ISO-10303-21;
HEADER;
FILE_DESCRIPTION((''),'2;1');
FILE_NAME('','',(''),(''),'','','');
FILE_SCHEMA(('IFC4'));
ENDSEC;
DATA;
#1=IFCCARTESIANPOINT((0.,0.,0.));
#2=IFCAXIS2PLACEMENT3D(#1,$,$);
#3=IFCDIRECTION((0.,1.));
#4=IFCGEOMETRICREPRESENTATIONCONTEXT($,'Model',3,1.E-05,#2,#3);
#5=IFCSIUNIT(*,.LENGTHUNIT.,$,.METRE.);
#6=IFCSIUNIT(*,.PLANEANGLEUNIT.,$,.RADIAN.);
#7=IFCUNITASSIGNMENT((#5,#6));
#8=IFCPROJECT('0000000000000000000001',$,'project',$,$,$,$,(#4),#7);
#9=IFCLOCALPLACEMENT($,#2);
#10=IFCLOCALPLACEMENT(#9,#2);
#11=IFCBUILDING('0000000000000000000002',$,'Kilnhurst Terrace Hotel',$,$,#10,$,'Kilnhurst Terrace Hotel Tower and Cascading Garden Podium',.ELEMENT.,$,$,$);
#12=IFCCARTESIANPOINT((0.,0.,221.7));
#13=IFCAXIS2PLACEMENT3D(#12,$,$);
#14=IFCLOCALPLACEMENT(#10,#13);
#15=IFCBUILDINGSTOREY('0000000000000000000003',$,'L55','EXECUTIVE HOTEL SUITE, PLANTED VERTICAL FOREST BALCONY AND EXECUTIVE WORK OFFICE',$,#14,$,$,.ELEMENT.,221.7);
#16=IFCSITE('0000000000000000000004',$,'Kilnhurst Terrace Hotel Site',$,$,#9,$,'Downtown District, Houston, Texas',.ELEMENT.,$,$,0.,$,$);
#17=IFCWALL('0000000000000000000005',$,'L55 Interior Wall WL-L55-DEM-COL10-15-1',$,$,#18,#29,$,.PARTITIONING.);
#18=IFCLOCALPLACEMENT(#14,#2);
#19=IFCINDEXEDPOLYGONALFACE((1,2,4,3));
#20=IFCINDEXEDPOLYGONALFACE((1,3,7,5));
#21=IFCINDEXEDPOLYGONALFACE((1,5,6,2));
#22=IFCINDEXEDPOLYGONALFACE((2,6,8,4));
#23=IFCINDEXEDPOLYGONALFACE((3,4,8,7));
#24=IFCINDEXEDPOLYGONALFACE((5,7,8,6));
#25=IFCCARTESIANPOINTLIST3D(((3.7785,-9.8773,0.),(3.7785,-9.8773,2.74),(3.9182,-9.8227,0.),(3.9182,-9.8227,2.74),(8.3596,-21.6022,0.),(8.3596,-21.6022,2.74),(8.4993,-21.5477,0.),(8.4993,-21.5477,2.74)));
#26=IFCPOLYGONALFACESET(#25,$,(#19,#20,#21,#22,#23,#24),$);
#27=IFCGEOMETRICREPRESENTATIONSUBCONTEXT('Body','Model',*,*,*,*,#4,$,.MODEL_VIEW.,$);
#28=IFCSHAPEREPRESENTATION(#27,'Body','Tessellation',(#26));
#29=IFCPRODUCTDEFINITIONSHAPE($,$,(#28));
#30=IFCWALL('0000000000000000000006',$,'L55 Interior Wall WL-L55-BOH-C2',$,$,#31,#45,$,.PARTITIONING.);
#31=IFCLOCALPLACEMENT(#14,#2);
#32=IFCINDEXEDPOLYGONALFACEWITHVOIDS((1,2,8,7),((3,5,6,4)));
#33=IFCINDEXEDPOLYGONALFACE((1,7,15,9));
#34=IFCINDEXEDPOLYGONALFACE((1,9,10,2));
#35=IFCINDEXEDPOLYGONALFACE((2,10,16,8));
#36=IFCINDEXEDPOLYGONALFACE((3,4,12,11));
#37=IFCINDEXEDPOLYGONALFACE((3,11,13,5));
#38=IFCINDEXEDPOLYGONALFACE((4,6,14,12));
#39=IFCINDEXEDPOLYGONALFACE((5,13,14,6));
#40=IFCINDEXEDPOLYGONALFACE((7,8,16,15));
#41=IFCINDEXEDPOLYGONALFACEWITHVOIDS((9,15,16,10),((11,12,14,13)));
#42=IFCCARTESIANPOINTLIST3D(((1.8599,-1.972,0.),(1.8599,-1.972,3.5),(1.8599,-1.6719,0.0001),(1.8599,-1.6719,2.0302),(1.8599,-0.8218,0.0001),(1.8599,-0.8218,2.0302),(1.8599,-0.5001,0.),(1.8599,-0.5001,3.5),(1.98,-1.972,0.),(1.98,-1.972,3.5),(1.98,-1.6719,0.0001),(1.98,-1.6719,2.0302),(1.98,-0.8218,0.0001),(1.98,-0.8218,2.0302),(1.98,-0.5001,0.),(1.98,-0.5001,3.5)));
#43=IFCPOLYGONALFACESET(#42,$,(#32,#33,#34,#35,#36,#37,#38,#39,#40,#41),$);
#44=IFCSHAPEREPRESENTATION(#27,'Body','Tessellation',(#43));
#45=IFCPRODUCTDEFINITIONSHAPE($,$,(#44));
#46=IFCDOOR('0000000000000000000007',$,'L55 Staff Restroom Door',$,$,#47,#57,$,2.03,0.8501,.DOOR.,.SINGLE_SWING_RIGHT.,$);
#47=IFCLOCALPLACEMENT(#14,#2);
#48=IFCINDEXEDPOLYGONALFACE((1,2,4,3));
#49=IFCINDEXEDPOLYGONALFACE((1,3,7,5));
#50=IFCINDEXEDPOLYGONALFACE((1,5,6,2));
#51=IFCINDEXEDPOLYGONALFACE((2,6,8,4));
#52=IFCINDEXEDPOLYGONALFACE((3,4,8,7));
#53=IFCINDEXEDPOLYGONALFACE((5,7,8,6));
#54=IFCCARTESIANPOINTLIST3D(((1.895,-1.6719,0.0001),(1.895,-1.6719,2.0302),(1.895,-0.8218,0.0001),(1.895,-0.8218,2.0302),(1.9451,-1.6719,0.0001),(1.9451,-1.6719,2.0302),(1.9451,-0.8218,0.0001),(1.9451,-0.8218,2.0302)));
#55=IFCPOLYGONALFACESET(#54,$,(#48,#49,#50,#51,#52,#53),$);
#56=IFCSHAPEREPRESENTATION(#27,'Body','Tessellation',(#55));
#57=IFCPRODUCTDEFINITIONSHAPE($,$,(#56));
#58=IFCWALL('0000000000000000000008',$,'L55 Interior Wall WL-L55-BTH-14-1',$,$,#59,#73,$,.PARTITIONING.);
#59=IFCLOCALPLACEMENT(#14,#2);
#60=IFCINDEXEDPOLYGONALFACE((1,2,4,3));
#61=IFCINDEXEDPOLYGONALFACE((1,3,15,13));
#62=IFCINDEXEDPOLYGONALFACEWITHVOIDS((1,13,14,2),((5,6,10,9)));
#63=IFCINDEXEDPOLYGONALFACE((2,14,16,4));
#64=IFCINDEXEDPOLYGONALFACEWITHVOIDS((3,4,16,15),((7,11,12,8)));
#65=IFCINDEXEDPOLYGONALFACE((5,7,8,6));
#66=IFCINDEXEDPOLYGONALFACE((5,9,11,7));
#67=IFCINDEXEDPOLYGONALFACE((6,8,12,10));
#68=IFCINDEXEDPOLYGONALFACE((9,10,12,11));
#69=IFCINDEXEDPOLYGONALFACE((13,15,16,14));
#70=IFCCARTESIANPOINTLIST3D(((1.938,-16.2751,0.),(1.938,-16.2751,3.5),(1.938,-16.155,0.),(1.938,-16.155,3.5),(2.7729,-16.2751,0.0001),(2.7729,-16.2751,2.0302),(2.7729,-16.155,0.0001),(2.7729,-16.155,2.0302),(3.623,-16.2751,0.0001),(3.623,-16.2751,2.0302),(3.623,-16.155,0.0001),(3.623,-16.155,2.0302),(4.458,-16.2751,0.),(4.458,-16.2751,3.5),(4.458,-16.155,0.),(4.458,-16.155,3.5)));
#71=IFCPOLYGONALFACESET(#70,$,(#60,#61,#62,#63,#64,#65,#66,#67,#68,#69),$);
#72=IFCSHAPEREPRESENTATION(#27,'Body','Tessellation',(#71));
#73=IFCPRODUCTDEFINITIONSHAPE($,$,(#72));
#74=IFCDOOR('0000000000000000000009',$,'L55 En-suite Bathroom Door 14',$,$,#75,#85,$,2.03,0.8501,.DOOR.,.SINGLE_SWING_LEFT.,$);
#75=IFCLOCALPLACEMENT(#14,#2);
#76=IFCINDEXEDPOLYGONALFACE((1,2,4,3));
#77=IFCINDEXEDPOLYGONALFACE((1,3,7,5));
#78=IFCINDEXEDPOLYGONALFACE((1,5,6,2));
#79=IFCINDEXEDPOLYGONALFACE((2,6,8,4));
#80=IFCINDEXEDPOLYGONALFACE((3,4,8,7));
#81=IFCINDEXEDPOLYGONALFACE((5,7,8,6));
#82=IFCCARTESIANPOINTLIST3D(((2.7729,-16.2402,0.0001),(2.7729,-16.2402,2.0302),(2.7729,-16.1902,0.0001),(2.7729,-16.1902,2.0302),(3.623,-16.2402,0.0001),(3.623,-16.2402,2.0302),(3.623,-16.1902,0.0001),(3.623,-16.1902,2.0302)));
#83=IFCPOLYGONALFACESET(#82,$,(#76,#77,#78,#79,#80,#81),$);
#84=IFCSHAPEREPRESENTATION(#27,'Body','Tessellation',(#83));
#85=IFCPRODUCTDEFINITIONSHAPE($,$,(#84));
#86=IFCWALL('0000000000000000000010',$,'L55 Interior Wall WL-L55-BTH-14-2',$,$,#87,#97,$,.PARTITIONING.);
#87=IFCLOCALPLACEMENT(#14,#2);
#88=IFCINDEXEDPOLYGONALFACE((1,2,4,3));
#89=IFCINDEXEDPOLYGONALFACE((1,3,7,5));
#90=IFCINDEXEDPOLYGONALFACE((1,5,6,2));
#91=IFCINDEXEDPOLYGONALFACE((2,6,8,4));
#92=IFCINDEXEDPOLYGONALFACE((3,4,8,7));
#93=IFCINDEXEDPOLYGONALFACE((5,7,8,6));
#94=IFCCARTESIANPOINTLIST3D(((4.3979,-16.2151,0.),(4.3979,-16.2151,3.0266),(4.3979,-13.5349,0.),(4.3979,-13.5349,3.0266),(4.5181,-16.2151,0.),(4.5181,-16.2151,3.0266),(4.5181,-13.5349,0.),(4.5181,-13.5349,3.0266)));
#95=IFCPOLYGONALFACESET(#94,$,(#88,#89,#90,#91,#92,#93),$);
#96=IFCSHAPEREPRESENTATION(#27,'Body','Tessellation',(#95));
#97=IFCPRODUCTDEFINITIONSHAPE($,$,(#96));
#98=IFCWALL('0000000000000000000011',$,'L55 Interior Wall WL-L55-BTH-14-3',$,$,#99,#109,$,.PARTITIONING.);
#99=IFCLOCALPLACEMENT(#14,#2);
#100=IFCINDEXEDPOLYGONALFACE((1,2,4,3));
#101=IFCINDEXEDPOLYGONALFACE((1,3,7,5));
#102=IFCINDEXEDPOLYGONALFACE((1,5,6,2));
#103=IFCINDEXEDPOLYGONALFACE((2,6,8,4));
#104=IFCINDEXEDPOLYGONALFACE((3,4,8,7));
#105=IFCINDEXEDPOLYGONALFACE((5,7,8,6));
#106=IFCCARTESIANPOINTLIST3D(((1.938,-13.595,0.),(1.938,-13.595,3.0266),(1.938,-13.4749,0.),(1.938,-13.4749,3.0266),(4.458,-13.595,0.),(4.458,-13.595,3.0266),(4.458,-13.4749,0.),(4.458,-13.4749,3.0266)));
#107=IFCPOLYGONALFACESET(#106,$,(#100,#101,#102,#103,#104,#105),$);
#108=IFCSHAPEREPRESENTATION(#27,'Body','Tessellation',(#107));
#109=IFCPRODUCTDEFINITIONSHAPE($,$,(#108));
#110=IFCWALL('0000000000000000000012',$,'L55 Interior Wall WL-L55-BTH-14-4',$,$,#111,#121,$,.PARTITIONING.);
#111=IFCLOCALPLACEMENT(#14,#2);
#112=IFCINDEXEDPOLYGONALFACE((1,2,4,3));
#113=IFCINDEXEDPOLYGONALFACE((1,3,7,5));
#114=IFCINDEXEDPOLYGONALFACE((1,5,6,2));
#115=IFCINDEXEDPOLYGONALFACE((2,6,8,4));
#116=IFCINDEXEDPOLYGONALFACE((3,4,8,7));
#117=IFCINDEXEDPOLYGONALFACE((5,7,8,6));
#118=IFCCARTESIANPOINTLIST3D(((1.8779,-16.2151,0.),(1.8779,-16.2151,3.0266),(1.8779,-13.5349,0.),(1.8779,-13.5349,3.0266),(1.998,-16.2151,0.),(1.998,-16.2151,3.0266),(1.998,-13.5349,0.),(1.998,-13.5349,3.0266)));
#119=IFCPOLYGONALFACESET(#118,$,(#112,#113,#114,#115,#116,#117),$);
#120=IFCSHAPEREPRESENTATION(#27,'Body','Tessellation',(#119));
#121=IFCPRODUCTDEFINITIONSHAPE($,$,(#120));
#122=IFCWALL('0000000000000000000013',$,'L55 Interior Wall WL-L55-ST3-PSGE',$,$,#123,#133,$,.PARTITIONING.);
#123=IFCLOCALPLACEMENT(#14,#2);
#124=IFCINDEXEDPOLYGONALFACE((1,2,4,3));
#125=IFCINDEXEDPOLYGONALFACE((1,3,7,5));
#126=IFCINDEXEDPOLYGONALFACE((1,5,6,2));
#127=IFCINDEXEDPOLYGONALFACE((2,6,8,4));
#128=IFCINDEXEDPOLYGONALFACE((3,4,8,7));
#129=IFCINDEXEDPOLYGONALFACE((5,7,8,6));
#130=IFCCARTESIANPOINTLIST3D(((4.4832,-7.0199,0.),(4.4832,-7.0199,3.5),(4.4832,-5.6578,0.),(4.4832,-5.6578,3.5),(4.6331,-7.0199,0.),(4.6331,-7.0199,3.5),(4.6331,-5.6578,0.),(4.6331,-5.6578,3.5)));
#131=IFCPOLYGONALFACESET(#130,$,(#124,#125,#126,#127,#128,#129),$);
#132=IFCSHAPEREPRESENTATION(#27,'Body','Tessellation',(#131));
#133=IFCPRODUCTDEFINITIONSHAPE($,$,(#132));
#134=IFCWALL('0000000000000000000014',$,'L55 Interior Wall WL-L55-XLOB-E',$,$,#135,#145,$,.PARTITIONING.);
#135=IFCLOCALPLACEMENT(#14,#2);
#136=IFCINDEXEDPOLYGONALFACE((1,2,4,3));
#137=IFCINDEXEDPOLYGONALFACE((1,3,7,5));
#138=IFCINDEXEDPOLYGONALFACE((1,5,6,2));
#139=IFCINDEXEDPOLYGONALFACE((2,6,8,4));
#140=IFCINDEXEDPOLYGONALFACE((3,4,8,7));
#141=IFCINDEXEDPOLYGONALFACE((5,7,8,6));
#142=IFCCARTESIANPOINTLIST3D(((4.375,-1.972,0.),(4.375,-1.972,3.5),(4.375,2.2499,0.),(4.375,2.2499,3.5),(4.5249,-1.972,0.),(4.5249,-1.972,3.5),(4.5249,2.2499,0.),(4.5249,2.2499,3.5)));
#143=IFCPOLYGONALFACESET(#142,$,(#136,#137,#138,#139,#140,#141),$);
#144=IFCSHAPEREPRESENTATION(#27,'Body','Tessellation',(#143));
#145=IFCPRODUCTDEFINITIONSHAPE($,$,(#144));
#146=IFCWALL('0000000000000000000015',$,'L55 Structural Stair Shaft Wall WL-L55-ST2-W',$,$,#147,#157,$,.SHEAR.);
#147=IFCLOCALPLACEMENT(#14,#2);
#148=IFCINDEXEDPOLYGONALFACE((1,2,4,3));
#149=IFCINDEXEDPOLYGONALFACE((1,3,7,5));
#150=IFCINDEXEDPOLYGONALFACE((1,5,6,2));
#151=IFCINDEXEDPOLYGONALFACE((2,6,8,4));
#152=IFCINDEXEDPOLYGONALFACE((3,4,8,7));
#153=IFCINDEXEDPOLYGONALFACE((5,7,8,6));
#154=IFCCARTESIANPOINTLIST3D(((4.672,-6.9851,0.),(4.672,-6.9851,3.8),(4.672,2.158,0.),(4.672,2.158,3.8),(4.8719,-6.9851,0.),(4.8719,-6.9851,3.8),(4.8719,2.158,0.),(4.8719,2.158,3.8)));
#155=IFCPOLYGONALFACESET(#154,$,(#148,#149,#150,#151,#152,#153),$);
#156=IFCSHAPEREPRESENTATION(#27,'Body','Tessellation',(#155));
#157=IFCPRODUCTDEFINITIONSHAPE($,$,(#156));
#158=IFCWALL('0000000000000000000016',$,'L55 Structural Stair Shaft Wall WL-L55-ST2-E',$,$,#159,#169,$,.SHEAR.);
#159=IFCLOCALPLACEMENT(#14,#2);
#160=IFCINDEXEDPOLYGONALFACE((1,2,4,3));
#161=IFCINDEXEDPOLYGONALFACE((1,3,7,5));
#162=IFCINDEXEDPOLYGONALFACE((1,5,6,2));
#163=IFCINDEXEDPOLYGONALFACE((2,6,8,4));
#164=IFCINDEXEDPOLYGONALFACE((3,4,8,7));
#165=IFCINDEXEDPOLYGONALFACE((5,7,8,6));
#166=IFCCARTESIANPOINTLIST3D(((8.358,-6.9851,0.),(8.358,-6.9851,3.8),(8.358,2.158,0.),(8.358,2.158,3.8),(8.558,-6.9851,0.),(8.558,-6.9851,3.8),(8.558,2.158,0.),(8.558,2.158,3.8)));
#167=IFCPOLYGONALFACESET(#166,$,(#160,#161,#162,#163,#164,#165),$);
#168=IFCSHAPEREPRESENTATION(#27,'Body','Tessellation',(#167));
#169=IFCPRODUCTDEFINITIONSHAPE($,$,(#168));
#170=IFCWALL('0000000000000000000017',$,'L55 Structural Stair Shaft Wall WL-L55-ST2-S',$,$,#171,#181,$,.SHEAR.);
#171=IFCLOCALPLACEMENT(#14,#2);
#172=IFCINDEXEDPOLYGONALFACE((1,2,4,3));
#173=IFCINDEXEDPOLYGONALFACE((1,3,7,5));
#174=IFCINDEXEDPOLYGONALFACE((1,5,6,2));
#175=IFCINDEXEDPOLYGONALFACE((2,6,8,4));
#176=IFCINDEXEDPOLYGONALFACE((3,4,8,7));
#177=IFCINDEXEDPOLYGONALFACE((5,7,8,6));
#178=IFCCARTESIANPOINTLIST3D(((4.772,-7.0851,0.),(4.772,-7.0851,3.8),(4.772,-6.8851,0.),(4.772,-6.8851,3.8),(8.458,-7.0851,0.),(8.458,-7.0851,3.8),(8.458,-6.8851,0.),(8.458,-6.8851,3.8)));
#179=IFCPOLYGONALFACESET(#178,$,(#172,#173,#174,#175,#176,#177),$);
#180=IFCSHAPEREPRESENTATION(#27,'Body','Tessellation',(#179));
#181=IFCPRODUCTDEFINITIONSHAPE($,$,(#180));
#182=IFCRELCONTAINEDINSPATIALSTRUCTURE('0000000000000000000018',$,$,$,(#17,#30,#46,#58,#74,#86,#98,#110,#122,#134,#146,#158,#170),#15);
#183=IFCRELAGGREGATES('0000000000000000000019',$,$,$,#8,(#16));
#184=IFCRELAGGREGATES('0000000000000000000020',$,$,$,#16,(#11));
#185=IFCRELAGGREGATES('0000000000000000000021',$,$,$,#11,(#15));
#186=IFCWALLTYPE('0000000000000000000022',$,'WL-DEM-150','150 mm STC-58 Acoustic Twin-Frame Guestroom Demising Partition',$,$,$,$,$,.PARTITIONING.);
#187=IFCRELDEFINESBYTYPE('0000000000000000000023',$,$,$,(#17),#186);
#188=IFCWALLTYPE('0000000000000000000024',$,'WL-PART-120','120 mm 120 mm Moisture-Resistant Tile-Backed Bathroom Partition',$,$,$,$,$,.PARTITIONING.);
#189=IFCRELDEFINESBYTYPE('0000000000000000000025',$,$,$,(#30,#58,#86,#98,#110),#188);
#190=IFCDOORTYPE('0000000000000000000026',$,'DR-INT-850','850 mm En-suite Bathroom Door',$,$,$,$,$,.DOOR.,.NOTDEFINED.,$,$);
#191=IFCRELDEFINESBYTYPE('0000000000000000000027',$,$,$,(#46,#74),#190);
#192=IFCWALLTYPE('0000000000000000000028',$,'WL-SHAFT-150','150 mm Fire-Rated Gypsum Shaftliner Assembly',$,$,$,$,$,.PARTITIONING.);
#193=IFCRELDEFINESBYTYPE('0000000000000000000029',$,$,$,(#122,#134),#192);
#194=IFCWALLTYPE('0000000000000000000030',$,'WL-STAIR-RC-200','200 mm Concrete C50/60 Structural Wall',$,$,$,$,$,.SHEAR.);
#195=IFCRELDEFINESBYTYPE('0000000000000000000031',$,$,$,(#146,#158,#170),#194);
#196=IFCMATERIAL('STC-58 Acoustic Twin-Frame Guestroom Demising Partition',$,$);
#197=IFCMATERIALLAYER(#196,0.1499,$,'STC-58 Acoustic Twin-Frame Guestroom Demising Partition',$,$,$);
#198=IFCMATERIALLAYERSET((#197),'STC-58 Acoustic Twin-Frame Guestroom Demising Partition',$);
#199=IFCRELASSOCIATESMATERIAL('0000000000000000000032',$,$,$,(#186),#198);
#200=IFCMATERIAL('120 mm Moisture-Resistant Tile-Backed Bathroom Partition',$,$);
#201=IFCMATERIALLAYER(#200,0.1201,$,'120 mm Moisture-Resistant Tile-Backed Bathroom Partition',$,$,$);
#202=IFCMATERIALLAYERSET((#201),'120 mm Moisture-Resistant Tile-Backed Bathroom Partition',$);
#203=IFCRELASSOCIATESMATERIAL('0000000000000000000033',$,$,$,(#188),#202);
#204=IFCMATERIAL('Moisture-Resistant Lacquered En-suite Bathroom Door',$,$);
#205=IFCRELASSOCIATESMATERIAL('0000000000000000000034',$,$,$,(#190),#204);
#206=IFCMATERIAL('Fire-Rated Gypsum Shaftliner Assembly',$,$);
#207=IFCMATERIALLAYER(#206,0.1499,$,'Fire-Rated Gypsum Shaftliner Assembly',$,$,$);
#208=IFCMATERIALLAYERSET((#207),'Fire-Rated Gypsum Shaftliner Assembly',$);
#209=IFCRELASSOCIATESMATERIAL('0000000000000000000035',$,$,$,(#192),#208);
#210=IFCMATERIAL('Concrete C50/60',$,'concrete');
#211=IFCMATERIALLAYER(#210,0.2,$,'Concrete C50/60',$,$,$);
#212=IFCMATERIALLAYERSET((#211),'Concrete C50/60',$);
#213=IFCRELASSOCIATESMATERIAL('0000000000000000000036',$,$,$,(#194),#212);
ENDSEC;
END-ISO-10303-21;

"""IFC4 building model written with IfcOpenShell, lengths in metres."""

from ifc_helpers import new_model, si_unit, direction, frame, frame_2d, origin, place, context, subcontext, project, spatial, rectangle, extrude, material, layer, layer_set, type_object, element, fill, save


model = new_model("IFC4")

# Units and contexts
model_context = context("Model", 3, precision=1e-05, world=origin(), true_north=direction((0.0, 1.0)))
body_context = subcontext(model_context, "Body", "Model", "MODEL_VIEW")
ifc_project = project(units=[si_unit("LENGTHUNIT", "METRE"), si_unit("PLANEANGLEUNIT", "RADIAN")], contexts=[model_context])

# Site, building, storey
site_placement = place(None, origin())
site = spatial("IfcSite", under=ifc_project, at=site_placement, Name="Kilnhurst Terrace Hotel Site", LongName="Downtown District, Houston, Texas", CompositionType="ELEMENT", RefElevation=0.0)
building_placement = place(site_placement, origin())
building = spatial("IfcBuilding", under=site, at=building_placement, Name="Kilnhurst Terrace Hotel", LongName="Kilnhurst Terrace Hotel Tower and Cascading Garden Podium", CompositionType="ELEMENT")
storey_placement = place(building_placement, frame((0.0, 0.0, 221.7)))
storey = spatial("IfcBuildingStorey", under=building, at=storey_placement, Name="L55", Description="EXECUTIVE HOTEL SUITE, PLANTED VERTICAL FOREST BALCONY AND EXECUTIVE WORK OFFICE", CompositionType="ELEMENT", Elevation=221.7)

# Shared definitions
ifc_material_1 = material(Name="Concrete C50/60", Category="concrete")

# Wall
ifc_material_2 = material(Name="STC-58 Acoustic Twin-Frame Guestroom Demising Partition")
ifc_layer_1 = layer(ifc_material_2, 0.1499, Name="STC-58 Acoustic Twin-Frame Guestroom Demising Partition")
ifc_layer_set_1 = layer_set([ifc_layer_1], Name="STC-58 Acoustic Twin-Frame Guestroom Demising Partition")
wall_type_1 = type_object("IfcWallType", Name="WL-DEM-150", Description="150 mm STC-58 Acoustic Twin-Frame Guestroom Demising Partition", PredefinedType="PARTITIONING", material=ifc_layer_set_1)
wall_1_placement = place(storey_placement, frame((3.8484, -9.8501, 0.0), z_axis=(0.0, 0.0, 1.0), x_axis=(0.363922, -0.93143, 0.0)))
element("IfcWall", 1, at=wall_1_placement, inside=storey, type_object=wall_type_1, Name="L55 Interior Wall WL-L55-DEM-COL10-15-1", PredefinedType="PARTITIONING", context=body_context, shape_type="SweptSolid", body=[
    extrude(rectangle(XDim=12.5881, YDim=0.1499, at=frame_2d((6.2939, 0.0))), origin(), (0.0, 0.0, 1.0), 2.74),
])

# Walls, openings, doors
ifc_material_3 = material(Name="120 mm Moisture-Resistant Tile-Backed Bathroom Partition")
ifc_layer_2 = layer(ifc_material_3, 0.1201, Name="120 mm Moisture-Resistant Tile-Backed Bathroom Partition")
ifc_layer_set_2 = layer_set([ifc_layer_2], Name="120 mm Moisture-Resistant Tile-Backed Bathroom Partition")
wall_type_2 = type_object("IfcWallType", Name="WL-PART-120", Description="120 mm 120 mm Moisture-Resistant Tile-Backed Bathroom Partition", PredefinedType="PARTITIONING", material=ifc_layer_set_2)
wall_2_placement = place(storey_placement, frame((1.9199, -1.9719, 0.0), z_axis=(0.0, 0.0, 1.0), x_axis=(0.0, 1.0, 0.0)))
wall_2 = element("IfcWall", 2, at=wall_2_placement, inside=storey, type_object=wall_type_2, Name="L55 Interior Wall WL-L55-BOH-C2", PredefinedType="PARTITIONING", context=body_context, shape_type="SweptSolid", body=[
    extrude(rectangle(XDim=1.4719, YDim=0.1201, at=frame_2d((0.7358, 0.0))), origin(), (0.0, 0.0, 1.0), 3.5),
])
opening_1_placement = place(wall_2_placement, frame((0.3, 0.0, 0.0)))
opening_1 = element("IfcOpeningElement", 3, at=opening_1_placement, cuts=wall_2, PredefinedType="OPENING", context=body_context, shape_type="SweptSolid", body=[
    extrude(rectangle(XDim=0.8501, YDim=2.03, at=frame_2d((0.425, 1.0151))), frame((0.0, 0.0701, 0.0), z_axis=(0.0, -1.0, 0.0), x_axis=(1.0, 0.0, 0.0)), (0.0, 0.0, 1.0), 0.1401),
])
ifc_material_4 = material(Name="Moisture-Resistant Lacquered En-suite Bathroom Door")
door_type = type_object("IfcDoorType", Name="DR-INT-850", Description="850 mm En-suite Bathroom Door", OperationType="NOTDEFINED", PredefinedType="DOOR", material=ifc_material_4)
door_1_placement = place(opening_1_placement, origin())
door_1 = element("IfcDoor", 4, at=door_1_placement, inside=storey, type_object=door_type, Name="L55 Staff Restroom Door", OperationType="SINGLE_SWING_RIGHT", OverallHeight=2.03, OverallWidth=0.8501, PredefinedType="DOOR", context=body_context, shape_type="SweptSolid", body=[
    extrude(rectangle(XDim=0.8501, YDim=2.03, at=frame_2d((0.425, 1.0151))), frame((0.0, 0.0249, 0.0), z_axis=(0.0, -1.0, 0.0), x_axis=(1.0, 0.0, 0.0)), (0.0, 0.0, 1.0), 0.05),
])
fill(opening_1, door_1)
wall_3_placement = place(storey_placement, frame((1.938, -16.2151, 0.0), z_axis=(0.0, 0.0, 1.0), x_axis=(1.0, 0.0, 0.0)))
wall_3 = element("IfcWall", 5, at=wall_3_placement, inside=storey, type_object=wall_type_2, Name="L55 Interior Wall WL-L55-BTH-14-1", PredefinedType="PARTITIONING", context=body_context, shape_type="SweptSolid", body=[
    extrude(rectangle(XDim=2.52, YDim=0.1201, at=frame_2d((1.26, 0.0))), origin(), (0.0, 0.0, 1.0), 3.5),
])
opening_2_placement = place(wall_3_placement, frame((0.835, 0.0, 0.0)))
opening_2 = element("IfcOpeningElement", 6, at=opening_2_placement, cuts=wall_3, PredefinedType="OPENING", context=body_context, shape_type="SweptSolid", body=[
    extrude(rectangle(XDim=0.8501, YDim=2.03, at=frame_2d((0.425, 1.0151))), frame((0.0, 0.0701, 0.0), z_axis=(0.0, -1.0, 0.0), x_axis=(1.0, 0.0, 0.0)), (0.0, 0.0, 1.0), 0.1401),
])
door_2_placement = place(opening_2_placement, origin())
door_2 = element("IfcDoor", 7, at=door_2_placement, inside=storey, type_object=door_type, Name="L55 En-suite Bathroom Door 14", OperationType="SINGLE_SWING_LEFT", OverallHeight=2.03, OverallWidth=0.8501, PredefinedType="DOOR", context=body_context, shape_type="SweptSolid", body=[
    extrude(rectangle(XDim=0.8501, YDim=2.03, at=frame_2d((0.425, 1.0151))), frame((0.0, 0.0249, 0.0), z_axis=(0.0, -1.0, 0.0), x_axis=(1.0, 0.0, 0.0)), (0.0, 0.0, 1.0), 0.05),
])
fill(opening_2, door_2)

# Walls
wall_4_placement = place(storey_placement, frame((4.458, -16.2151, 0.0), z_axis=(0.0, 0.0, 1.0), x_axis=(0.0, 1.0, 0.0)))
element("IfcWall", 8, at=wall_4_placement, inside=storey, type_object=wall_type_2, Name="L55 Interior Wall WL-L55-BTH-14-2", PredefinedType="PARTITIONING", context=body_context, shape_type="SweptSolid", body=[
    extrude(rectangle(XDim=2.6802, YDim=0.1201, at=frame_2d((1.3401, 0.0))), origin(), (0.0, 0.0, 1.0), 3.0266),
])
wall_5_placement = place(storey_placement, frame((4.458, -13.5349, 0.0), z_axis=(0.0, 0.0, 1.0), x_axis=(-1.0, 0.0, 0.0)))
element("IfcWall", 9, at=wall_5_placement, inside=storey, type_object=wall_type_2, Name="L55 Interior Wall WL-L55-BTH-14-3", PredefinedType="PARTITIONING", context=body_context, shape_type="SweptSolid", body=[
    extrude(rectangle(XDim=2.52, YDim=0.1201, at=frame_2d((1.26, 0.0))), origin(), (0.0, 0.0, 1.0), 3.0266),
])
wall_6_placement = place(storey_placement, frame((1.938, -13.5349, 0.0), z_axis=(0.0, 0.0, 1.0), x_axis=(0.0, -1.0, 0.0)))
element("IfcWall", 10, at=wall_6_placement, inside=storey, type_object=wall_type_2, Name="L55 Interior Wall WL-L55-BTH-14-4", PredefinedType="PARTITIONING", context=body_context, shape_type="SweptSolid", body=[
    extrude(rectangle(XDim=2.6802, YDim=0.1201, at=frame_2d((1.3401, 0.0))), origin(), (0.0, 0.0, 1.0), 3.0266),
])
ifc_material_5 = material(Name="Fire-Rated Gypsum Shaftliner Assembly")
ifc_layer_3 = layer(ifc_material_5, 0.1499, Name="Fire-Rated Gypsum Shaftliner Assembly")
ifc_layer_set_3 = layer_set([ifc_layer_3], Name="Fire-Rated Gypsum Shaftliner Assembly")
wall_type_3 = type_object("IfcWallType", Name="WL-SHAFT-150", Description="150 mm Fire-Rated Gypsum Shaftliner Assembly", PredefinedType="PARTITIONING", material=ifc_layer_set_3)
wall_7_placement = place(storey_placement, frame((4.5581, -7.02, 0.0), z_axis=(0.0, 0.0, 1.0), x_axis=(0.0, 1.0, 0.0)))
element("IfcWall", 11, at=wall_7_placement, inside=storey, type_object=wall_type_3, Name="L55 Interior Wall WL-L55-ST3-PSGE", PredefinedType="PARTITIONING", context=body_context, shape_type="SweptSolid", body=[
    extrude(rectangle(XDim=1.3621, YDim=0.1499, at=frame_2d((0.6812, 0.0))), origin(), (0.0, 0.0, 1.0), 3.5),
])
wall_8_placement = place(storey_placement, frame((4.45, -1.9719, 0.0), z_axis=(0.0, 0.0, 1.0), x_axis=(0.0, 1.0, 0.0)))
element("IfcWall", 12, at=wall_8_placement, inside=storey, type_object=wall_type_3, Name="L55 Interior Wall WL-L55-XLOB-E", PredefinedType="PARTITIONING", context=body_context, shape_type="SweptSolid", body=[
    extrude(rectangle(XDim=4.2219, YDim=0.1499, at=frame_2d((2.1108, 0.0))), origin(), (0.0, 0.0, 1.0), 3.5),
])
ifc_layer_4 = layer(ifc_material_1, 0.2, Name="Concrete C50/60")
ifc_layer_set_4 = layer_set([ifc_layer_4], Name="Concrete C50/60")
wall_type_4 = type_object("IfcWallType", Name="WL-STAIR-RC-200", Description="200 mm Concrete C50/60 Structural Wall", PredefinedType="SHEAR", material=ifc_layer_set_4)
for number, where, z_axis, x_axis, name in (
    (13, (4.772, -6.9851, 0.0), (0.0, 0.0, 1.0), (0.0, 1.0, 0.0), "L55 Structural Stair Shaft Wall WL-L55-ST2-W"),
    (14, (8.458, -6.9851, 0.0), (0.0, 0.0, 1.0), (0.0, 1.0, 0.0), "L55 Structural Stair Shaft Wall WL-L55-ST2-E"),
):
    element("IfcWall", number, at=place(storey_placement, frame(where, z_axis=z_axis, x_axis=x_axis)), inside=storey, type_object=wall_type_4, Name=name, PredefinedType="SHEAR", context=body_context, shape_type="SweptSolid", body=[
        extrude(rectangle(XDim=9.1431, YDim=0.2, at=frame_2d((4.5715, 0.0))), origin(), (0.0, 0.0, 1.0), 3.8),
    ])
for number, where, z_axis, x_axis, name in (
    (15, (4.772, -6.9851, 0.0), (0.0, 0.0, 1.0), (1.0, 0.0, 0.0), "L55 Structural Stair Shaft Wall WL-L55-ST2-S"),
):
    element("IfcWall", number, at=place(storey_placement, frame(where, z_axis=z_axis, x_axis=x_axis)), inside=storey, type_object=wall_type_4, Name=name, PredefinedType="SHEAR", context=body_context, shape_type="SweptSolid", body=[
        extrude(rectangle(XDim=3.686, YDim=0.2, at=frame_2d((1.843, 0.0))), origin(), (0.0, 0.0, 1.0), 3.8),
    ])

save(model, "model.ifc")
